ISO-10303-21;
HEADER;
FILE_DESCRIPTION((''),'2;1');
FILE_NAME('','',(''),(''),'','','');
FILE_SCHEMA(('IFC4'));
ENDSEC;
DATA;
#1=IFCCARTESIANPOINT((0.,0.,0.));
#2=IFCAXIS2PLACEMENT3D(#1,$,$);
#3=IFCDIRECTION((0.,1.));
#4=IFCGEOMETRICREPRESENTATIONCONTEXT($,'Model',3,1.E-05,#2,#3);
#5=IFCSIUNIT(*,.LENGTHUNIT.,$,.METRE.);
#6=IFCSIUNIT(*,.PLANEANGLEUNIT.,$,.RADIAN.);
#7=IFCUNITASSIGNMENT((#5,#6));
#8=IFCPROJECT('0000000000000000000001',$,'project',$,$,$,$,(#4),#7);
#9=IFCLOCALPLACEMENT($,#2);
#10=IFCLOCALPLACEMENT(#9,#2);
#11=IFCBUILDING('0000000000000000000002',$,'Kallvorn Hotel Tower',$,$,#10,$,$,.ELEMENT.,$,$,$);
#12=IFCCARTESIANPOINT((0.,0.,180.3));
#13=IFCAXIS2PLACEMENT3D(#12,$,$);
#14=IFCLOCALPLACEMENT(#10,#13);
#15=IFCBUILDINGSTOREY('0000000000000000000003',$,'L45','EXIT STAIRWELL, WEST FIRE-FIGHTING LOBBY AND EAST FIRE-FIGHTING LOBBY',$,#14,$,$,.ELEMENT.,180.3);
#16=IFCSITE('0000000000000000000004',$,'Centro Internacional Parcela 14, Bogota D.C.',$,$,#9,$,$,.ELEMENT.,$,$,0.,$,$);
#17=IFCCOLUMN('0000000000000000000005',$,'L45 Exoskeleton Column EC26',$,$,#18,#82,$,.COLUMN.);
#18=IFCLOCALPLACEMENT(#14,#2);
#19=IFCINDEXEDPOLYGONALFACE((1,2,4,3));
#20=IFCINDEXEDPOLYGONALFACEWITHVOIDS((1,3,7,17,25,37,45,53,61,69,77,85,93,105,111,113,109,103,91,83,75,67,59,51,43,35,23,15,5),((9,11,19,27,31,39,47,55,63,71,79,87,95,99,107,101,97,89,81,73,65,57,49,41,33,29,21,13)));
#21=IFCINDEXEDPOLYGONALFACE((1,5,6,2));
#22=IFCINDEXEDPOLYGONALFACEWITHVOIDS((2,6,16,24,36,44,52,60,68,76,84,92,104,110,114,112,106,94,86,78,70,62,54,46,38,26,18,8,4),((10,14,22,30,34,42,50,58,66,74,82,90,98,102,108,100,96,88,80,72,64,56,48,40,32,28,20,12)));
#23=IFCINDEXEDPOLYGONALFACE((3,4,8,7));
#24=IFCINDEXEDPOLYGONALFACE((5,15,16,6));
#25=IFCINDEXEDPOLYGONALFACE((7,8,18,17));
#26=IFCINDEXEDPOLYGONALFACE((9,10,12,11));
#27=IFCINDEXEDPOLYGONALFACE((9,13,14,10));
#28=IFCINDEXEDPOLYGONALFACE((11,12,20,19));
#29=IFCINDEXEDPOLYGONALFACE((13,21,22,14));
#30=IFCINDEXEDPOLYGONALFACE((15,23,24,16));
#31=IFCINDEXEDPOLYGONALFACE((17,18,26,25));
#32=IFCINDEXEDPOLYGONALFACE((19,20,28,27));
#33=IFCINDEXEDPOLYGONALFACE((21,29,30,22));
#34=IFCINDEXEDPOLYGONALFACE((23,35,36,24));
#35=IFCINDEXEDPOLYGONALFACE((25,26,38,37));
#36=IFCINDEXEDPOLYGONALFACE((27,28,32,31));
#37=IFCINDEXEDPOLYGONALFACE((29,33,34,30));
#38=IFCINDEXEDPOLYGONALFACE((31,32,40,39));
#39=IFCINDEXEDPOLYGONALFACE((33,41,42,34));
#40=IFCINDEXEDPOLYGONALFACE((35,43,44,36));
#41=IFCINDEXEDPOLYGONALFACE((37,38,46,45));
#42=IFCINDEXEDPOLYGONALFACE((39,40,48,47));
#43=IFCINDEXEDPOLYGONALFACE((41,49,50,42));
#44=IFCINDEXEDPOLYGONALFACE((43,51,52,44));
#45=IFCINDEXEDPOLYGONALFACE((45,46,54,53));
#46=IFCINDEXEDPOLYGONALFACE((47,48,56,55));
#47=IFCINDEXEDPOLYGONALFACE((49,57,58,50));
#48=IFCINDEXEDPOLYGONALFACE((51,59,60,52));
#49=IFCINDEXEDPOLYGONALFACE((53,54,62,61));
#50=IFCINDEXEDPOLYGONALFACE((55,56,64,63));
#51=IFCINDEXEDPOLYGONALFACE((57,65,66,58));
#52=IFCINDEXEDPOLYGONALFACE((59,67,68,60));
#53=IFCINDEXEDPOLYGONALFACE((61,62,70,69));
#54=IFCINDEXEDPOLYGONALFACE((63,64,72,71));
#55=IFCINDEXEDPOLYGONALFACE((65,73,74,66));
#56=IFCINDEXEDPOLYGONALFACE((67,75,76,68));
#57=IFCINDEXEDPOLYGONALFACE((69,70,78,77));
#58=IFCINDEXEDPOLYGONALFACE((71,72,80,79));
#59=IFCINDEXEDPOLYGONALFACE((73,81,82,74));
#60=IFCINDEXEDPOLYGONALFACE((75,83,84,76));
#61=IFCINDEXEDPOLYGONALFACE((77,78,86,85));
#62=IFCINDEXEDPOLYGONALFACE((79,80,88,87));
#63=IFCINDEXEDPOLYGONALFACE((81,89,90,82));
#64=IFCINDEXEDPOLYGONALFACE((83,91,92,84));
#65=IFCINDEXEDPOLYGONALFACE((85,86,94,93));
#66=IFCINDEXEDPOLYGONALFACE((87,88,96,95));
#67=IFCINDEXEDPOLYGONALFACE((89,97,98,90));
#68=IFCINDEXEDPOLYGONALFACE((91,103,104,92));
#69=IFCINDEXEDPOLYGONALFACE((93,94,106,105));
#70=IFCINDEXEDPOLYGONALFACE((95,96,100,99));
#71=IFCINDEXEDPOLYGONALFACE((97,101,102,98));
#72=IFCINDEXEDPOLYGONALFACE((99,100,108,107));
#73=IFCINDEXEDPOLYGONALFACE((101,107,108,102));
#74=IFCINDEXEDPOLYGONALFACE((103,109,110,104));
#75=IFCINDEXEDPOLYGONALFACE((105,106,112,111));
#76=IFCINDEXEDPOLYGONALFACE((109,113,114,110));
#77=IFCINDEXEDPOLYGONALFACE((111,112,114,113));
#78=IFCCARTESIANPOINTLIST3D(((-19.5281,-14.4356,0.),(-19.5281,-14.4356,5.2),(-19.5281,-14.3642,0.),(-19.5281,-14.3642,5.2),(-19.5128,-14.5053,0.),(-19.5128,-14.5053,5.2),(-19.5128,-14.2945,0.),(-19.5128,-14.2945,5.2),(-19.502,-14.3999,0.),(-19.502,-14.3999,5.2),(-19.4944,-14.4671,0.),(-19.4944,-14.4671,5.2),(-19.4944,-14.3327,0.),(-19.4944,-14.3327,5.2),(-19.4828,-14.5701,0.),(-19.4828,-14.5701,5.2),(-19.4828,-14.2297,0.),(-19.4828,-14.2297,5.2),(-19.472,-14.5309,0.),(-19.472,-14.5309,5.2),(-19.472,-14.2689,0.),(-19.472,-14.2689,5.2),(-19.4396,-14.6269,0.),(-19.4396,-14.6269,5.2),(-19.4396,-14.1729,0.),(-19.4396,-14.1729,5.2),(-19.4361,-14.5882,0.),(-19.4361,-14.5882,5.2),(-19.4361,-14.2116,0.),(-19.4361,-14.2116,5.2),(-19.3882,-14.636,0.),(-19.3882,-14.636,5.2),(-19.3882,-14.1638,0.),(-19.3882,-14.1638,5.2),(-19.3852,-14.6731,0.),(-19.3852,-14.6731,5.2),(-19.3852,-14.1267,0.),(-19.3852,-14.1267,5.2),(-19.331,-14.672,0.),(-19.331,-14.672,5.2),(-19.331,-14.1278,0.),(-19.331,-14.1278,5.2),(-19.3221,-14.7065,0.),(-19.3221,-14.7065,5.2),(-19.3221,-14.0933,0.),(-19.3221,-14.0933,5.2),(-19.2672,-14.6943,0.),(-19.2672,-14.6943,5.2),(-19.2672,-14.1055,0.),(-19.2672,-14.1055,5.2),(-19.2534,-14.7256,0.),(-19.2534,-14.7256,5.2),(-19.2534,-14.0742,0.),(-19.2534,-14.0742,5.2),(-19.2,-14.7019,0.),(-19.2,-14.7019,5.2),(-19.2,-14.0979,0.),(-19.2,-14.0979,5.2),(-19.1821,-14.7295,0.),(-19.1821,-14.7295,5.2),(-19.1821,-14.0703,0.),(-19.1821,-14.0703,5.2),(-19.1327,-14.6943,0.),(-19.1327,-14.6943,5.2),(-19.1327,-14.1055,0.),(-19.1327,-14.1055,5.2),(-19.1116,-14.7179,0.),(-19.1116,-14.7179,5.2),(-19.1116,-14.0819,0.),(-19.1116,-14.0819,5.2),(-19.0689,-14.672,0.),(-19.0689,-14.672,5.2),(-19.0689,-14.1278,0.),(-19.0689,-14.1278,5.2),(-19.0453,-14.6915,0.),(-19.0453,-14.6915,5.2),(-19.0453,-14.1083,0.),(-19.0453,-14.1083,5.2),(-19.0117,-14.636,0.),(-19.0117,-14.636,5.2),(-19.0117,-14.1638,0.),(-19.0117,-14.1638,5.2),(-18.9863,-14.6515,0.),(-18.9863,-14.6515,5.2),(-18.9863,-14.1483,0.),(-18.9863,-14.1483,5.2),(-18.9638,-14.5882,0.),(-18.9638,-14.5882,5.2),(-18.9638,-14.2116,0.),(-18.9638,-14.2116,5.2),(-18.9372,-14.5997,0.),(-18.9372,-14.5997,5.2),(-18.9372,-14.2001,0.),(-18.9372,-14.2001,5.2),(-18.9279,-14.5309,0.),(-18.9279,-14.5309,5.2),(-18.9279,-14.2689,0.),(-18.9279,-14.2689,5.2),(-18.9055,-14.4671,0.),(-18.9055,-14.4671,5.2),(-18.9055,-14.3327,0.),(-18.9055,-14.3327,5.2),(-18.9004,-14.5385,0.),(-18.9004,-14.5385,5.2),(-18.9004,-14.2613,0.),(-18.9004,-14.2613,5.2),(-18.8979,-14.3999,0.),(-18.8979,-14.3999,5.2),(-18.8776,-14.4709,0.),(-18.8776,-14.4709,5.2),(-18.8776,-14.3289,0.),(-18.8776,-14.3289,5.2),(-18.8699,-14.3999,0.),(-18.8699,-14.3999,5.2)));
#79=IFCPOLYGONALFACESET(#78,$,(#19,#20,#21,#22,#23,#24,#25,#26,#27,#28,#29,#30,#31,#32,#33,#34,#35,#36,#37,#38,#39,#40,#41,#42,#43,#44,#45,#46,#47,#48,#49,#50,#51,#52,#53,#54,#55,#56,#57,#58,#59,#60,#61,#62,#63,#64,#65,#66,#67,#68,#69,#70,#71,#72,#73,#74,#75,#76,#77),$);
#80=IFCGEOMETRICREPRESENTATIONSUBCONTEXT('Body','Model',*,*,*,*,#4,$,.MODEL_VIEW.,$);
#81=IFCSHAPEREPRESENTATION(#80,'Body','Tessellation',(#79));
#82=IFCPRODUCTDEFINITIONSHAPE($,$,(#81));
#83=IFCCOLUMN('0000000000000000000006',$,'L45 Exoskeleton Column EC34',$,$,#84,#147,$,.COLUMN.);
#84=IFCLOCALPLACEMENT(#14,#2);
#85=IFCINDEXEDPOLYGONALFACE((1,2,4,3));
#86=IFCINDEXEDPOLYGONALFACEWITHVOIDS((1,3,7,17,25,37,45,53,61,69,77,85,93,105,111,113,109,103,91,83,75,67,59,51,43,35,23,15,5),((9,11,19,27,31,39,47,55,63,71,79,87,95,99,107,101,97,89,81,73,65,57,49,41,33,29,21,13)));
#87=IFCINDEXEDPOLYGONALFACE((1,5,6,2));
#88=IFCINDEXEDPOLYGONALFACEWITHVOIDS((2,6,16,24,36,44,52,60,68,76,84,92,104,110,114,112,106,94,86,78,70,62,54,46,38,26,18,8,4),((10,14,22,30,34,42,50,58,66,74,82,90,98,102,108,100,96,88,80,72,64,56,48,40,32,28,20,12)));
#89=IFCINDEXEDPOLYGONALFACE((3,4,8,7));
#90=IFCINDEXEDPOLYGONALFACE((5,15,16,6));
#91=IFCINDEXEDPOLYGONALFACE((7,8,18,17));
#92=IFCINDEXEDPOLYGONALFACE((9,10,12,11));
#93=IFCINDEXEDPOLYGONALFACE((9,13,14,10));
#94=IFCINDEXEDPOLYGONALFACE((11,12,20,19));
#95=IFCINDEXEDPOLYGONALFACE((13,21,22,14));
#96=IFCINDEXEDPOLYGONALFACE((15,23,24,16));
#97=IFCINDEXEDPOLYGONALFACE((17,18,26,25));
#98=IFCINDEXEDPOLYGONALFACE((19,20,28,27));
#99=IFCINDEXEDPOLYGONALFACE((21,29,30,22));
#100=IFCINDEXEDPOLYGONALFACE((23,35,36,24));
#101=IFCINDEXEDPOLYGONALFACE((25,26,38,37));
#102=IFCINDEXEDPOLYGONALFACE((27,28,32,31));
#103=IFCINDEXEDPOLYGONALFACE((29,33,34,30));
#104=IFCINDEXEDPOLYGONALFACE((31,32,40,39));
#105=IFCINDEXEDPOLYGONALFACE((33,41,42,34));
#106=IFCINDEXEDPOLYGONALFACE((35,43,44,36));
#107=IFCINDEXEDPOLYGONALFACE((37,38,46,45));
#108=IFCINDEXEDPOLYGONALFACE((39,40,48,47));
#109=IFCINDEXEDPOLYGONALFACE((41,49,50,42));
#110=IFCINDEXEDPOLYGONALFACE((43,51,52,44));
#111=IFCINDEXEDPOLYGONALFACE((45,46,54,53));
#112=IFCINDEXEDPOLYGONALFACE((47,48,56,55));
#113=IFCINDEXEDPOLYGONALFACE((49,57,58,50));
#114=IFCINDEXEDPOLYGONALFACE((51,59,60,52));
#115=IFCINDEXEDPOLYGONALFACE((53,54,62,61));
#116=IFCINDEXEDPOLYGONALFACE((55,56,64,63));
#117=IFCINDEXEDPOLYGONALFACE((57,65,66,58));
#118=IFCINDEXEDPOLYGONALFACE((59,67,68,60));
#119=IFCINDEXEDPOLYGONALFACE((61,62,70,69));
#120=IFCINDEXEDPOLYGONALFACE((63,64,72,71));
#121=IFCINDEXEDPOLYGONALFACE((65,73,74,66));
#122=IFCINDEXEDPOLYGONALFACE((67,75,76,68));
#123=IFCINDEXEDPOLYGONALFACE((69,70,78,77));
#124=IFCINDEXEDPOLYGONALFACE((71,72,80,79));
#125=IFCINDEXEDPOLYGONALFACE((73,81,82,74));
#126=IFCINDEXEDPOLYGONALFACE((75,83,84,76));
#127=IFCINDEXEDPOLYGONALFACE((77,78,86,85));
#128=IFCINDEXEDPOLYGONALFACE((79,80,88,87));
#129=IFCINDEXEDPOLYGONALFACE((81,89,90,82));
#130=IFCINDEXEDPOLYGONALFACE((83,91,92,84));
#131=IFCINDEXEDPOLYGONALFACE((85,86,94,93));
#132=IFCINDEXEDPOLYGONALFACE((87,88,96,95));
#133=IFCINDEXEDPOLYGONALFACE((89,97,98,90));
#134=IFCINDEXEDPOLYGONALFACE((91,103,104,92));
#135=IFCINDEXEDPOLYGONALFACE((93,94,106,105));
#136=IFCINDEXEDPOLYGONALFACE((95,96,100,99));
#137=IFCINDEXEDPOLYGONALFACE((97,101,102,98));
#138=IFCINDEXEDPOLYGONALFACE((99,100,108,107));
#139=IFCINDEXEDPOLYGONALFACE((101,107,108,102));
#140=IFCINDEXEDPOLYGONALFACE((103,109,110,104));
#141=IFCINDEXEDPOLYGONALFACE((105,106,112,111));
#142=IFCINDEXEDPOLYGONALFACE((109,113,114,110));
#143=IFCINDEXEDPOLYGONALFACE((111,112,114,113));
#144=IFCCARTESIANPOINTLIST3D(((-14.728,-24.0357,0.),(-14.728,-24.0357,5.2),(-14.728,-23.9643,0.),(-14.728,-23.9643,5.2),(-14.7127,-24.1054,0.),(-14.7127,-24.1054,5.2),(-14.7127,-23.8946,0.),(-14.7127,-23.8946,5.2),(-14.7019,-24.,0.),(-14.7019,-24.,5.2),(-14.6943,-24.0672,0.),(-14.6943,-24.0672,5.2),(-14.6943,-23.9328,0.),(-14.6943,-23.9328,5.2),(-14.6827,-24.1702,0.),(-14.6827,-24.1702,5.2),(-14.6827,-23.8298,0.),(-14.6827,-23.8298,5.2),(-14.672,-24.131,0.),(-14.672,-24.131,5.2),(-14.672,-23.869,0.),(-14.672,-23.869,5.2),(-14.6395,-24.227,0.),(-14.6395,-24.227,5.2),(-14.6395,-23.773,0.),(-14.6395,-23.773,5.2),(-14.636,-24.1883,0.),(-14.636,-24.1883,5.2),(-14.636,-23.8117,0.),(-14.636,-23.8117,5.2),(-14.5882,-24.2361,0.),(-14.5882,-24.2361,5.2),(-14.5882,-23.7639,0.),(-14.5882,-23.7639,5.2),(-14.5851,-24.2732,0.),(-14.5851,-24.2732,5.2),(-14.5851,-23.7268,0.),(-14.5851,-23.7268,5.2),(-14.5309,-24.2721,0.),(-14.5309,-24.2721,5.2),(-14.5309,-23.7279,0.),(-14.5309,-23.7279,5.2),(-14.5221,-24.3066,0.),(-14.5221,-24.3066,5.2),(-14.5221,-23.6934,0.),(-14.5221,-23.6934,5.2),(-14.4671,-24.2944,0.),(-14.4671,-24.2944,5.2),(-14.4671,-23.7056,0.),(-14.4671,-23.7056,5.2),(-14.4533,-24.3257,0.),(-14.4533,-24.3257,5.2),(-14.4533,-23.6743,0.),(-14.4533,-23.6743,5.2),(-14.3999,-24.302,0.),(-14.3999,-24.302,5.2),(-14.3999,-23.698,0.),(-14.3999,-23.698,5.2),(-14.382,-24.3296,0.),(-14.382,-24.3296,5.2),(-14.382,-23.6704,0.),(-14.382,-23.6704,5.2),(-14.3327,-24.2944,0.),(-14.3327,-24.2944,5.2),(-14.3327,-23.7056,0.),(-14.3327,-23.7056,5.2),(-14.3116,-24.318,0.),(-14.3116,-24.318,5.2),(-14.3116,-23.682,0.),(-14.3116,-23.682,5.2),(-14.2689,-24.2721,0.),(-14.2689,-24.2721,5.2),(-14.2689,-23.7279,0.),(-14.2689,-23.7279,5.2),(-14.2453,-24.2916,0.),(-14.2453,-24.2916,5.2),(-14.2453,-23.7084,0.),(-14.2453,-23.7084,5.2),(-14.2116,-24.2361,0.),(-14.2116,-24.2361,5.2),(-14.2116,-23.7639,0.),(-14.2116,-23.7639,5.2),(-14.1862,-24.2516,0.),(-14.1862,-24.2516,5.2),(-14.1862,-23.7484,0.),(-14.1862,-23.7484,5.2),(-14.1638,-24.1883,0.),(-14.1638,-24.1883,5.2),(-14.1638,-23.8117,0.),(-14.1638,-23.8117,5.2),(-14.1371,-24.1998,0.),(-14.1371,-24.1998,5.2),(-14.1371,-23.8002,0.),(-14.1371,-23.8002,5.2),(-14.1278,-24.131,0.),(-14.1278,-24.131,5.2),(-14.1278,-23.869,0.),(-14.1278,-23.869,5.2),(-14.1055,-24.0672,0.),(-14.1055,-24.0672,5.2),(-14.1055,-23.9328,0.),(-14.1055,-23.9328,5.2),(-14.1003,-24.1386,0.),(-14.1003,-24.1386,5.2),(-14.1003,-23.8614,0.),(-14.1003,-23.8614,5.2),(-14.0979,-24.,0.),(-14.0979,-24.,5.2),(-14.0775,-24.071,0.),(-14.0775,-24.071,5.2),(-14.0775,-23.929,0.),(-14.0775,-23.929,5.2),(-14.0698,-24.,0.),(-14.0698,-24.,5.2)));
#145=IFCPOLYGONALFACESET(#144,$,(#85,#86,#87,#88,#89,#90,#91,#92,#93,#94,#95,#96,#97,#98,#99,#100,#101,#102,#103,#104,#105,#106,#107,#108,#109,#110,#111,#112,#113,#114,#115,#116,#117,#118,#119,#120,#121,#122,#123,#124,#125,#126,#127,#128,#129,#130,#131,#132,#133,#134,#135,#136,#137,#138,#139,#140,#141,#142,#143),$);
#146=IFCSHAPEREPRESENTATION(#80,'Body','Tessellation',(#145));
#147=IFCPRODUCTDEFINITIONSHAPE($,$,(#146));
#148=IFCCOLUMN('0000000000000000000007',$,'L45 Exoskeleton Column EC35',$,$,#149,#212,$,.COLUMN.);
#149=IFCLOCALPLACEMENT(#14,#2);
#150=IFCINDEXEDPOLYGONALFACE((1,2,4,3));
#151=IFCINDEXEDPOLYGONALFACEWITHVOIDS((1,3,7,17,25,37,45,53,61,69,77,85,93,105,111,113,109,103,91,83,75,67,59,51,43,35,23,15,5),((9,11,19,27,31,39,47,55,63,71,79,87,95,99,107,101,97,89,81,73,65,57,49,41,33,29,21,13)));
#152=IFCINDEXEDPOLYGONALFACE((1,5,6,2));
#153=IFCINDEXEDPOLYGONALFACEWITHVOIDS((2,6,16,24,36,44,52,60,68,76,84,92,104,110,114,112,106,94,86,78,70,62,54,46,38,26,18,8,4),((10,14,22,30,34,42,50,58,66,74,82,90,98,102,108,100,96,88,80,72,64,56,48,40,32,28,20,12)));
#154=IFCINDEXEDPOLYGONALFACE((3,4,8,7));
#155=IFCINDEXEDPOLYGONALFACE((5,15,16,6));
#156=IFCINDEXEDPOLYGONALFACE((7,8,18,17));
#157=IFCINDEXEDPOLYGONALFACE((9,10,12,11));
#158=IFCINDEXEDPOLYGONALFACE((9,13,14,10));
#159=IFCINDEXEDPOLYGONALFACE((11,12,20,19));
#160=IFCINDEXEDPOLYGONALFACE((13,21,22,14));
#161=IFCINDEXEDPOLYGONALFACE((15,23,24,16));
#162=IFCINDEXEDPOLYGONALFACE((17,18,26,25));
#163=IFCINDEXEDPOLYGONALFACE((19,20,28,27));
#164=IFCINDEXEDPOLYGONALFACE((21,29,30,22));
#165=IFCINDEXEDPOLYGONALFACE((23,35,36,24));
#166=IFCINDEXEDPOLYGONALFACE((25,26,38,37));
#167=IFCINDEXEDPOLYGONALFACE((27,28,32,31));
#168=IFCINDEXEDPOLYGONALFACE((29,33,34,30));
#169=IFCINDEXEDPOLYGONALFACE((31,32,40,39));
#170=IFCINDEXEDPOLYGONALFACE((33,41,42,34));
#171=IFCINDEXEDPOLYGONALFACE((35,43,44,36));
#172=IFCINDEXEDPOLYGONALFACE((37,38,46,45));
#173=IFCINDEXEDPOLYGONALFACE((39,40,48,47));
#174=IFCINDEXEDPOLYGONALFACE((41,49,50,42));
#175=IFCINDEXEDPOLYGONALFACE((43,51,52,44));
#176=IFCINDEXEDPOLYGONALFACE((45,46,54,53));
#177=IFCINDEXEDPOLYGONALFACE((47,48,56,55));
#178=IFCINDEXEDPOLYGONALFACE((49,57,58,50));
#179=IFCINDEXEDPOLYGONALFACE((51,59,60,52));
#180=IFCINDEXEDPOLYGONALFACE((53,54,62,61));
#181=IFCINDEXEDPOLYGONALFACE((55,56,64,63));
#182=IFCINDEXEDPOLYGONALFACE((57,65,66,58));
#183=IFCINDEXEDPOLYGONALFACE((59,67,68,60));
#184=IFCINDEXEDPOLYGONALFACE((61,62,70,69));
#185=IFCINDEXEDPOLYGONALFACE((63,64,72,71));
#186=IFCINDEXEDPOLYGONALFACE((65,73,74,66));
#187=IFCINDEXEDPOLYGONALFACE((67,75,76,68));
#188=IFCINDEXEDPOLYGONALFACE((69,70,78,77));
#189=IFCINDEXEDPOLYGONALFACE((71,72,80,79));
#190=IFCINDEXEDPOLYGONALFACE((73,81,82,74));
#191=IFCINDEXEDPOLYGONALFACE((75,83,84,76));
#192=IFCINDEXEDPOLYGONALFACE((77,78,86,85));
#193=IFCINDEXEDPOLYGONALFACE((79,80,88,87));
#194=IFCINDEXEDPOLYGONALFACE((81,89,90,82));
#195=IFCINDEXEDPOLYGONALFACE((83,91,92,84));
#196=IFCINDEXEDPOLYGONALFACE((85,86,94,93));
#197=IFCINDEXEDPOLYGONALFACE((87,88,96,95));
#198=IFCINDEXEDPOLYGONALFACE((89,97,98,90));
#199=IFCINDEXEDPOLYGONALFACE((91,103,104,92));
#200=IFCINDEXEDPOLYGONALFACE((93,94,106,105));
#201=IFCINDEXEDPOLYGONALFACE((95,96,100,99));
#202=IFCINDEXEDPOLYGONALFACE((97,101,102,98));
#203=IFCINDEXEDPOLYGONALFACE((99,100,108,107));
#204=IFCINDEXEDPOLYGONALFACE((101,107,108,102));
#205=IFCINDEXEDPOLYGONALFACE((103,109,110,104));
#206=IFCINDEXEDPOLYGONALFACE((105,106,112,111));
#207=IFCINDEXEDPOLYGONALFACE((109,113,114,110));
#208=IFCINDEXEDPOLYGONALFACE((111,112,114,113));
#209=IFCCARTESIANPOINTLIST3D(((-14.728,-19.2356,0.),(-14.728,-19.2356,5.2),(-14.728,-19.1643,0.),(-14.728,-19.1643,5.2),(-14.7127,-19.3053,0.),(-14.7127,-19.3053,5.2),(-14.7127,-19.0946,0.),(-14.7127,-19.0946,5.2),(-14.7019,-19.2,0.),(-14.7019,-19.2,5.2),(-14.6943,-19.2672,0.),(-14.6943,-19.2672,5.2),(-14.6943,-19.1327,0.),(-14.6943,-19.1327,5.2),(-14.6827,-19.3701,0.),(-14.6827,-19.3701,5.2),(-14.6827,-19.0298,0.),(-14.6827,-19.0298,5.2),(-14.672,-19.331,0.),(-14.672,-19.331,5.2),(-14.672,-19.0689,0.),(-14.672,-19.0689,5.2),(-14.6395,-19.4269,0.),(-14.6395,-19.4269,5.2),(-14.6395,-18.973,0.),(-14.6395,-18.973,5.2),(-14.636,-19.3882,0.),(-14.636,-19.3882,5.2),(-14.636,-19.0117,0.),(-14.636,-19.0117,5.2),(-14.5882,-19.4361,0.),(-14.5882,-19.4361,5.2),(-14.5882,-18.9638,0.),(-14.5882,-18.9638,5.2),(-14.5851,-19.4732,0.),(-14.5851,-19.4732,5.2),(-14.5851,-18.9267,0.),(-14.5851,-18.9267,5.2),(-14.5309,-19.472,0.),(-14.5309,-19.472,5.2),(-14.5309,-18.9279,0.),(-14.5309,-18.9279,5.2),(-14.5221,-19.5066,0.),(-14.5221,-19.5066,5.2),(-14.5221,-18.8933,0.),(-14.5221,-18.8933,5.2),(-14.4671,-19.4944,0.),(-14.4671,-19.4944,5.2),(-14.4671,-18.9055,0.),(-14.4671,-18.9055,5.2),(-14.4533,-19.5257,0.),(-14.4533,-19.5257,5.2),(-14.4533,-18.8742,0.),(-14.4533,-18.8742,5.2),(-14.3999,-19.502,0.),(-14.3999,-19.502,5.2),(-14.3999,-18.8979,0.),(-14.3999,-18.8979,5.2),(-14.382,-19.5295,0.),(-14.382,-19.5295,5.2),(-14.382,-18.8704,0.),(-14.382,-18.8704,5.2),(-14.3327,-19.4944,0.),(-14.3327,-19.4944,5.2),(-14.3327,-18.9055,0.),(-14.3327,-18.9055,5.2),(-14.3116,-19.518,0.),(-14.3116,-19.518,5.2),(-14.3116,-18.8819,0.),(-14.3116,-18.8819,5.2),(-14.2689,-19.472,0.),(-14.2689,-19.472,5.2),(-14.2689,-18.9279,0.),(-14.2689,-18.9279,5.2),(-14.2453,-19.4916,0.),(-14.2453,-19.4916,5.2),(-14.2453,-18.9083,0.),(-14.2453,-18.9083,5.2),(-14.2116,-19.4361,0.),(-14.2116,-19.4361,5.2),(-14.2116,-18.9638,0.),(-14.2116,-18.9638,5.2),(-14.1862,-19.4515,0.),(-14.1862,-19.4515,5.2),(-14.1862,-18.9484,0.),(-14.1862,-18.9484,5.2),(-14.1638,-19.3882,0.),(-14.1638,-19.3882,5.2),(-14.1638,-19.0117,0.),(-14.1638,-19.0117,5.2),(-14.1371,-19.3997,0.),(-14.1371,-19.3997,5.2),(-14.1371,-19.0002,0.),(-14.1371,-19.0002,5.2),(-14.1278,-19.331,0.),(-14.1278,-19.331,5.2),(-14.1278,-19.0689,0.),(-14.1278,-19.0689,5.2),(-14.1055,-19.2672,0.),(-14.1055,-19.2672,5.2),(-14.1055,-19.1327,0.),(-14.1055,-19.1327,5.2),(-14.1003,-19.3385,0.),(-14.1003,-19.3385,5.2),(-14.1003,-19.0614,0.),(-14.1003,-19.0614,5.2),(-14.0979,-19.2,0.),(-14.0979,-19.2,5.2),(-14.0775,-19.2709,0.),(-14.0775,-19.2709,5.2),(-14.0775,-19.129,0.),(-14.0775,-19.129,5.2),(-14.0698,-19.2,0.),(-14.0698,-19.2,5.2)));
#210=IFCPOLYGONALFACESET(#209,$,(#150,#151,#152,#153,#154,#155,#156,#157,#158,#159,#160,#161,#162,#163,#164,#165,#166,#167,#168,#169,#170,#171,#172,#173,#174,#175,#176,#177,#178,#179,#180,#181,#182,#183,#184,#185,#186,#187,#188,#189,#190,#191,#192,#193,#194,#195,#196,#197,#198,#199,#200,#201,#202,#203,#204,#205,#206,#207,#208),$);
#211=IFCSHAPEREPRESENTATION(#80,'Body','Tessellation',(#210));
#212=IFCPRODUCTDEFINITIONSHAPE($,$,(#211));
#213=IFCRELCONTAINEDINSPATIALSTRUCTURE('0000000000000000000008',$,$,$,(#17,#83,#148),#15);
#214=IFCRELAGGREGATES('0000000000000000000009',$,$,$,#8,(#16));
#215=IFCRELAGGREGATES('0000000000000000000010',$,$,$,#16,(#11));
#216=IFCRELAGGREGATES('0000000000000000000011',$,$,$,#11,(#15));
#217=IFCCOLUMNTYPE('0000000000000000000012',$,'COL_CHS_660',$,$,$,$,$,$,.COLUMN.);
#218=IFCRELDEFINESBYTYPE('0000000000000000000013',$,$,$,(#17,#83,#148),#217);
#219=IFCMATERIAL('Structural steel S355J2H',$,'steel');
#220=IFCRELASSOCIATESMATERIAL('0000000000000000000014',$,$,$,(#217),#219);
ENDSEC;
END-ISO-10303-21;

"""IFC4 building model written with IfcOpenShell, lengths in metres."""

from ifc_helpers import new_model, si_unit, direction, frame, origin, origin_2d, place, context, subcontext, project, spatial, hollow_circle, extrude, material, material_profile, profile_set, type_object, element, save


model = new_model("IFC4")

# Units and contexts
model_context = context("Model", 3, precision=1e-05, world=origin(), true_north=direction((0.0, 1.0)))
body_context = subcontext(model_context, "Body", "Model", "MODEL_VIEW")
ifc_project = project(units=[si_unit("LENGTHUNIT", "METRE"), si_unit("PLANEANGLEUNIT", "RADIAN")], contexts=[model_context])

# Site, building, storey
site_placement = place(None, origin())
site = spatial("IfcSite", under=ifc_project, at=site_placement, Name="Centro Internacional Parcela 14, Bogota D.C.", CompositionType="ELEMENT", RefElevation=0.0)
building_placement = place(site_placement, origin())
building = spatial("IfcBuilding", under=site, at=building_placement, Name="Kallvorn Hotel Tower", CompositionType="ELEMENT")
storey_placement = place(building_placement, frame((0.0, 0.0, 180.3)))
storey = spatial("IfcBuildingStorey", under=building, at=storey_placement, Name="L45", Description="EXIT STAIRWELL, WEST FIRE-FIGHTING LOBBY AND EAST FIRE-FIGHTING LOBBY", CompositionType="ELEMENT", Elevation=180.3)

# Columns
ifc_material_1 = material(Name="Structural steel S355J2H", Category="steel")
ifc_material_profile_1 = material_profile(ifc_material_1, hollow_circle(Radius=0.3301, WallThickness=0.0281, at=origin_2d()), Name="CHS 660x28")
ifc_profile_set_1 = profile_set([ifc_material_profile_1], Name="Structural steel S355J2H")
column_type_1 = type_object("IfcColumnType", Name="COL_CHS_660", PredefinedType="COLUMN", material=ifc_profile_set_1)
for number, where, z_axis, x_axis, name in (
    (1, (-19.2, -14.3999, 0.0), (0.0, 0.0, 1.0), (1.0, 0.0, 0.0), "L45 Exoskeleton Column EC26"),
    (2, (-14.3999, -24.0, 0.0), (0.0, 0.0, 1.0), (1.0, 0.0, 0.0), "L45 Exoskeleton Column EC34"),
    (3, (-14.3999, -19.2, 0.0), (0.0, 0.0, 1.0), (1.0, 0.0, 0.0), "L45 Exoskeleton Column EC35"),
):
    element("IfcColumn", number, at=place(storey_placement, frame(where, z_axis=z_axis, x_axis=x_axis)), inside=storey, type_object=column_type_1, Name=name, PredefinedType="COLUMN", context=body_context, shape_type="SweptSolid", body=[
        extrude(hollow_circle(Radius=0.3301, WallThickness=0.0281, at=origin_2d()), origin(), (0.0, 0.0, 1.0), 5.2),
    ])

save(model, "model.ifc")
